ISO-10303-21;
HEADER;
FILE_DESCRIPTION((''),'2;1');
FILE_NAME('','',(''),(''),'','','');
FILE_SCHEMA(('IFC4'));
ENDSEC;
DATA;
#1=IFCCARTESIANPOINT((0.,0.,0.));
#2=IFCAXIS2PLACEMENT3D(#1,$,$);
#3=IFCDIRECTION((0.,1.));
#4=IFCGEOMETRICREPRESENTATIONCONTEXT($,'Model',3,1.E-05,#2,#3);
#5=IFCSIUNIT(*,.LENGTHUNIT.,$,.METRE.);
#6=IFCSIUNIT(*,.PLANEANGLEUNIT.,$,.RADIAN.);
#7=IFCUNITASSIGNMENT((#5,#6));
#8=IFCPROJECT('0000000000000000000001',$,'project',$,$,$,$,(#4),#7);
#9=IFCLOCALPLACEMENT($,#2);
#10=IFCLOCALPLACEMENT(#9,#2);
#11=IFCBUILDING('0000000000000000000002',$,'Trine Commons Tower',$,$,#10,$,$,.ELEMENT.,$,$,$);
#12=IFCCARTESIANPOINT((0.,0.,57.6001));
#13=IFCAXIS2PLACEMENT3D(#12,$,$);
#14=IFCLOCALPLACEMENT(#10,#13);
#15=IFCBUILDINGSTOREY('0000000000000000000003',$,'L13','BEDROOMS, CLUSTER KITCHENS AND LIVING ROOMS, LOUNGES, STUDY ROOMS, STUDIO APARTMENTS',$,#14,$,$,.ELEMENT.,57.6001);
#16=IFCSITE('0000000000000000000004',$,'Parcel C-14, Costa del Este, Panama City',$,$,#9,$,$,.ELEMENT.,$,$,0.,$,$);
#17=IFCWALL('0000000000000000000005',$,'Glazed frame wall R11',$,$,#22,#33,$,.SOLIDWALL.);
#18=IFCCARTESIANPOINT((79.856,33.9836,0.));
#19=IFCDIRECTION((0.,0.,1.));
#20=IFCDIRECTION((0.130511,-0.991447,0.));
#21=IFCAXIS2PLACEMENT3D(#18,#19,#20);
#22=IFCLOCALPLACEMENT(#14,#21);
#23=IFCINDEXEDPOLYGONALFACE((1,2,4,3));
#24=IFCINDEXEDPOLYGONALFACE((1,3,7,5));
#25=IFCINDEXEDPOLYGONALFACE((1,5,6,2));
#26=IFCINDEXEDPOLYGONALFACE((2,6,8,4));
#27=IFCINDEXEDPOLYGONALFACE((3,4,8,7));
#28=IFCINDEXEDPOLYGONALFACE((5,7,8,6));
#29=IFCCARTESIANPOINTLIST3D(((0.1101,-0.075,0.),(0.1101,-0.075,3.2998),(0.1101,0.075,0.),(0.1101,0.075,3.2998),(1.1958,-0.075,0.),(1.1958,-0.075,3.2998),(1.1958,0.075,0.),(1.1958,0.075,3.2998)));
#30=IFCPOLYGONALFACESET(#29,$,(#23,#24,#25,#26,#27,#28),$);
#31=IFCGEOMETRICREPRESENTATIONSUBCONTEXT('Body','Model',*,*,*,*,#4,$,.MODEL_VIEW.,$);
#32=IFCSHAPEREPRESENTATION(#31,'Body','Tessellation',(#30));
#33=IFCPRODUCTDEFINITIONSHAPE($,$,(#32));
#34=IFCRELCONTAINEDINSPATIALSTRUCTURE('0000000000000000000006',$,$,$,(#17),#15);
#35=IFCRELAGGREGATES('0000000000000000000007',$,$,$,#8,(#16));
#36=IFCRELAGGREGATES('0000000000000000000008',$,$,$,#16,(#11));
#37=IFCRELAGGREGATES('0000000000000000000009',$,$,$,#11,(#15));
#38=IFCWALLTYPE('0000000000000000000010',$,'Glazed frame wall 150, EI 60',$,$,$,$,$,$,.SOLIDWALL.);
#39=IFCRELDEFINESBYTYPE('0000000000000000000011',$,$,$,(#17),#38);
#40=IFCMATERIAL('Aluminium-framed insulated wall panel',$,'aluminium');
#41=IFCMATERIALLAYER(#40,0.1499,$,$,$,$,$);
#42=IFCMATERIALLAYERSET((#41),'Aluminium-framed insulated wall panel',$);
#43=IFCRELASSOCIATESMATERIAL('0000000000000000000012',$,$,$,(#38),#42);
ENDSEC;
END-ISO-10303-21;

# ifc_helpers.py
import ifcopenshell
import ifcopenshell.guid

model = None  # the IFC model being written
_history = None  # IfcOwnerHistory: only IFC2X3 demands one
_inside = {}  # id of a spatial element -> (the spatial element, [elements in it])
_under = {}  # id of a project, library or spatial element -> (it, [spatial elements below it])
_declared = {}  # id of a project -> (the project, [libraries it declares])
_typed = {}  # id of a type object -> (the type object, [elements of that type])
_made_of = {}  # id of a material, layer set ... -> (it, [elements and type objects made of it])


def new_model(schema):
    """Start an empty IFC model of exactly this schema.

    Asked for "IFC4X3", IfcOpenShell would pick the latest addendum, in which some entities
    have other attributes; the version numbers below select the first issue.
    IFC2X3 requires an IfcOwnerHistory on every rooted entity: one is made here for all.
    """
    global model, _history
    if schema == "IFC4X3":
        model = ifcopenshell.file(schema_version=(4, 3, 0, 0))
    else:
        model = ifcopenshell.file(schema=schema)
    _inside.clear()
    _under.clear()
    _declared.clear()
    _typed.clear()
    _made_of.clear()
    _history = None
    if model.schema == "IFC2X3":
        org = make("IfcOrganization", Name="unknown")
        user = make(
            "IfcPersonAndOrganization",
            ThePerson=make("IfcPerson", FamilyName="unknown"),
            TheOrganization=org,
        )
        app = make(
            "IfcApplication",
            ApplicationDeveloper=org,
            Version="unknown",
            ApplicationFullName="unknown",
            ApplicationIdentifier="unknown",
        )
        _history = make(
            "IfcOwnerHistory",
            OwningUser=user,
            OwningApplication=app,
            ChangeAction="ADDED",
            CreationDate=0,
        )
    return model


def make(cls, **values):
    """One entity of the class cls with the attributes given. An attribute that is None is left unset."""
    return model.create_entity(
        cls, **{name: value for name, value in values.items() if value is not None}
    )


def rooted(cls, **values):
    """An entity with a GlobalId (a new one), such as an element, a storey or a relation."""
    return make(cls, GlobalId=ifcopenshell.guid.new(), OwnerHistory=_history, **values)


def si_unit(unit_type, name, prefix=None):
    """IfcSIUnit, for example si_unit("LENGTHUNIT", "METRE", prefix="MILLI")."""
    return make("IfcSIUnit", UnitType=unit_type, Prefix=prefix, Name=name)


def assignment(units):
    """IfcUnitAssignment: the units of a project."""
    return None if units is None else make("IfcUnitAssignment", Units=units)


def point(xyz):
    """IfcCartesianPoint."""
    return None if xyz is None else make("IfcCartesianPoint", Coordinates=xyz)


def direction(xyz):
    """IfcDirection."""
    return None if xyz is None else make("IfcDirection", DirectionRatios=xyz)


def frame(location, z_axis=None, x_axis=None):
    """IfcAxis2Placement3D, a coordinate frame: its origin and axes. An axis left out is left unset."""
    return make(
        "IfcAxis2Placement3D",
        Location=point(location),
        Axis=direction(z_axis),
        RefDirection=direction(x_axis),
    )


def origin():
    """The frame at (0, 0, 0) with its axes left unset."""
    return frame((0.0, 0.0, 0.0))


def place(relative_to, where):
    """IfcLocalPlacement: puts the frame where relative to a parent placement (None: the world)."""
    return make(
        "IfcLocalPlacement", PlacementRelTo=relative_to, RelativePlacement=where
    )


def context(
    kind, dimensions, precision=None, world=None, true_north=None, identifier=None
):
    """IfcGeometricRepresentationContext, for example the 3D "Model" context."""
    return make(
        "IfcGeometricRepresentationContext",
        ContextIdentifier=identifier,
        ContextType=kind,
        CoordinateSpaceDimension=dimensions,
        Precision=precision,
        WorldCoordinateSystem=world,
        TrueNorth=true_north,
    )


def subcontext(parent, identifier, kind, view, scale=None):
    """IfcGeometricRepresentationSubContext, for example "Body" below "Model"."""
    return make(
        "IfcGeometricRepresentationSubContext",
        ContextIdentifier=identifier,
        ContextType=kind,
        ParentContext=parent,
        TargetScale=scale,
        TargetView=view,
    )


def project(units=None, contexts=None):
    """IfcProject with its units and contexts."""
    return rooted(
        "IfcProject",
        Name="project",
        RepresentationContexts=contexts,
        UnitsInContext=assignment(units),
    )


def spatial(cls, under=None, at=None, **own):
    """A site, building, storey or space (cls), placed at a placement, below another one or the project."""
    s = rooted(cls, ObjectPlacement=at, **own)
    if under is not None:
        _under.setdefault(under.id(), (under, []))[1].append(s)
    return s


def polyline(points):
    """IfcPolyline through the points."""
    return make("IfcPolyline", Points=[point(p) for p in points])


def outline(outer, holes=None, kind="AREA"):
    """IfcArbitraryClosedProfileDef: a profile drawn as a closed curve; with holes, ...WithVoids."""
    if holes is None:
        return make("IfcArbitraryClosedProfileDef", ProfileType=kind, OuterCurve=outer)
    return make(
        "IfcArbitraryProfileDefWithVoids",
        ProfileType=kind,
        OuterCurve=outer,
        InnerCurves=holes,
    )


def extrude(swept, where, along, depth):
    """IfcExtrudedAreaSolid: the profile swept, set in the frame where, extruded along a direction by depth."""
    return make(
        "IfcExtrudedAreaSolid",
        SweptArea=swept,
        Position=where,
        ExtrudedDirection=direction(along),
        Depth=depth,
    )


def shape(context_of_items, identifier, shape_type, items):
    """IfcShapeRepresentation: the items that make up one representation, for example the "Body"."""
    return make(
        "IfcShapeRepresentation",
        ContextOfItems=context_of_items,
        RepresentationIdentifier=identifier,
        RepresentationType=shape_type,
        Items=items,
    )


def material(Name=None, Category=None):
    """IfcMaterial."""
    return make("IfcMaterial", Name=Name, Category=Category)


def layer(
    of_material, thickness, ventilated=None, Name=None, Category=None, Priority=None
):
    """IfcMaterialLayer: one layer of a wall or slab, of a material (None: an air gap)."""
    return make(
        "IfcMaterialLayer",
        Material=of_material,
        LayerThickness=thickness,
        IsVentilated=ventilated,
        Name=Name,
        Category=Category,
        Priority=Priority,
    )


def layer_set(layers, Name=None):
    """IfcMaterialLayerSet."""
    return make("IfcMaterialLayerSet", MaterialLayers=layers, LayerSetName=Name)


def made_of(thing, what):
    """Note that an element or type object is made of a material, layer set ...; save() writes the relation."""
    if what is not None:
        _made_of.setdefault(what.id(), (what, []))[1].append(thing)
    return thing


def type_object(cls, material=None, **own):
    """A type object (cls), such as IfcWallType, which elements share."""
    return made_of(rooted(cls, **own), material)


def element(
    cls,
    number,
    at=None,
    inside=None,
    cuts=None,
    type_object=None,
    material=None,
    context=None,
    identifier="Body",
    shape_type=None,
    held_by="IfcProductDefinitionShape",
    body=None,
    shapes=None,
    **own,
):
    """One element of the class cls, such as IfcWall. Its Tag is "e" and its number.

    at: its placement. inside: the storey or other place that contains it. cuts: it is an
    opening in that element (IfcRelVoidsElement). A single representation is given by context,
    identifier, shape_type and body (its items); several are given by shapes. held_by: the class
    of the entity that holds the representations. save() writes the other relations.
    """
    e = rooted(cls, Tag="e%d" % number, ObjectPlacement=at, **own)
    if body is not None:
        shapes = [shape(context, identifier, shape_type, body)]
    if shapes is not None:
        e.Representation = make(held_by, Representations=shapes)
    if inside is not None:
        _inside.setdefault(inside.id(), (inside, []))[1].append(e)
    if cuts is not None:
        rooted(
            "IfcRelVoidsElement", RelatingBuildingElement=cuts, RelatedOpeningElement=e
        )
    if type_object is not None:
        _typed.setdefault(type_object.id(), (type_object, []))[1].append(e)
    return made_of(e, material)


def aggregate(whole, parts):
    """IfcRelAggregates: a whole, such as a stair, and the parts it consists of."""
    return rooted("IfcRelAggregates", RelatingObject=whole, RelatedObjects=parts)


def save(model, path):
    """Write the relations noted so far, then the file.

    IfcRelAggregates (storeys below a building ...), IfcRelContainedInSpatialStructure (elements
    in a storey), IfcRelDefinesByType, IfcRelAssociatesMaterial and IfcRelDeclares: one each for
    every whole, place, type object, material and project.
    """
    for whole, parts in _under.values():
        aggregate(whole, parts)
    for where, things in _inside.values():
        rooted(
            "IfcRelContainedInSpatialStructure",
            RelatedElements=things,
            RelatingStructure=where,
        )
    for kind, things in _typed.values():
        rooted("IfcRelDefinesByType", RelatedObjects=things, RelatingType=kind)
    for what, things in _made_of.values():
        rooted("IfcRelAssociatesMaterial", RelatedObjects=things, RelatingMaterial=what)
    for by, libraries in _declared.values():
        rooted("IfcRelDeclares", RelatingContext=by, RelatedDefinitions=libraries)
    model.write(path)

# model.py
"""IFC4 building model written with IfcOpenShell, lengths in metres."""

from ifc_helpers import new_model, si_unit, direction, frame, origin, place, context, subcontext, project, spatial, polyline, outline, extrude, material, layer, layer_set, type_object, element, save


model = new_model("IFC4")

# Units and contexts
model_context = context("Model", 3, precision=1e-05, world=origin(), true_north=direction((0.0, 1.0)))
body_context = subcontext(model_context, "Body", "Model", "MODEL_VIEW")
ifc_project = project(units=[si_unit("LENGTHUNIT", "METRE"), si_unit("PLANEANGLEUNIT", "RADIAN")], contexts=[model_context])

# Site, building, storey
site_placement = place(None, origin())
site = spatial("IfcSite", under=ifc_project, at=site_placement, Name="Parcel C-14, Costa del Este, Panama City", CompositionType="ELEMENT", RefElevation=0.0)
building_placement = place(site_placement, origin())
building = spatial("IfcBuilding", under=site, at=building_placement, Name="Trine Commons Tower", CompositionType="ELEMENT")
storey_placement = place(building_placement, frame((0.0, 0.0, 57.6001)))
storey = spatial("IfcBuildingStorey", under=building, at=storey_placement, Name="L13", Description="BEDROOMS, CLUSTER KITCHENS AND LIVING ROOMS, LOUNGES, STUDY ROOMS, STUDIO APARTMENTS", CompositionType="ELEMENT", Elevation=57.6001)

# Shared definitions
ifc_material_1 = material(Name="Aluminium-framed insulated wall panel", Category="aluminium")
ifc_layer_1 = layer(ifc_material_1, 0.1499)
ifc_layer_set_1 = layer_set([ifc_layer_1], Name="Aluminium-framed insulated wall panel")
wall_type_1 = type_object("IfcWallType", Name="Glazed frame wall 150, EI 60", PredefinedType="SOLIDWALL", material=ifc_layer_set_1)

# Wall
wall_1_placement = place(storey_placement, frame((79.856, 33.9836, 0.0), z_axis=(0.0, 0.0, 1.0), x_axis=(0.130511, -0.991447, 0.0)))
element("IfcWall", 1, at=wall_1_placement, inside=storey, type_object=wall_type_1, Name="Glazed frame wall R11", PredefinedType="SOLIDWALL", context=body_context, shape_type="SweptSolid", body=[
    extrude(outline(polyline([(0.1101, 0.075), (0.1101, -0.075), (1.1958, -0.075), (1.1958, 0.075), (0.1101, 0.075)])), origin(), (0.0, 0.0, 1.0), 3.2998),
])

save(model, "model.ifc")
